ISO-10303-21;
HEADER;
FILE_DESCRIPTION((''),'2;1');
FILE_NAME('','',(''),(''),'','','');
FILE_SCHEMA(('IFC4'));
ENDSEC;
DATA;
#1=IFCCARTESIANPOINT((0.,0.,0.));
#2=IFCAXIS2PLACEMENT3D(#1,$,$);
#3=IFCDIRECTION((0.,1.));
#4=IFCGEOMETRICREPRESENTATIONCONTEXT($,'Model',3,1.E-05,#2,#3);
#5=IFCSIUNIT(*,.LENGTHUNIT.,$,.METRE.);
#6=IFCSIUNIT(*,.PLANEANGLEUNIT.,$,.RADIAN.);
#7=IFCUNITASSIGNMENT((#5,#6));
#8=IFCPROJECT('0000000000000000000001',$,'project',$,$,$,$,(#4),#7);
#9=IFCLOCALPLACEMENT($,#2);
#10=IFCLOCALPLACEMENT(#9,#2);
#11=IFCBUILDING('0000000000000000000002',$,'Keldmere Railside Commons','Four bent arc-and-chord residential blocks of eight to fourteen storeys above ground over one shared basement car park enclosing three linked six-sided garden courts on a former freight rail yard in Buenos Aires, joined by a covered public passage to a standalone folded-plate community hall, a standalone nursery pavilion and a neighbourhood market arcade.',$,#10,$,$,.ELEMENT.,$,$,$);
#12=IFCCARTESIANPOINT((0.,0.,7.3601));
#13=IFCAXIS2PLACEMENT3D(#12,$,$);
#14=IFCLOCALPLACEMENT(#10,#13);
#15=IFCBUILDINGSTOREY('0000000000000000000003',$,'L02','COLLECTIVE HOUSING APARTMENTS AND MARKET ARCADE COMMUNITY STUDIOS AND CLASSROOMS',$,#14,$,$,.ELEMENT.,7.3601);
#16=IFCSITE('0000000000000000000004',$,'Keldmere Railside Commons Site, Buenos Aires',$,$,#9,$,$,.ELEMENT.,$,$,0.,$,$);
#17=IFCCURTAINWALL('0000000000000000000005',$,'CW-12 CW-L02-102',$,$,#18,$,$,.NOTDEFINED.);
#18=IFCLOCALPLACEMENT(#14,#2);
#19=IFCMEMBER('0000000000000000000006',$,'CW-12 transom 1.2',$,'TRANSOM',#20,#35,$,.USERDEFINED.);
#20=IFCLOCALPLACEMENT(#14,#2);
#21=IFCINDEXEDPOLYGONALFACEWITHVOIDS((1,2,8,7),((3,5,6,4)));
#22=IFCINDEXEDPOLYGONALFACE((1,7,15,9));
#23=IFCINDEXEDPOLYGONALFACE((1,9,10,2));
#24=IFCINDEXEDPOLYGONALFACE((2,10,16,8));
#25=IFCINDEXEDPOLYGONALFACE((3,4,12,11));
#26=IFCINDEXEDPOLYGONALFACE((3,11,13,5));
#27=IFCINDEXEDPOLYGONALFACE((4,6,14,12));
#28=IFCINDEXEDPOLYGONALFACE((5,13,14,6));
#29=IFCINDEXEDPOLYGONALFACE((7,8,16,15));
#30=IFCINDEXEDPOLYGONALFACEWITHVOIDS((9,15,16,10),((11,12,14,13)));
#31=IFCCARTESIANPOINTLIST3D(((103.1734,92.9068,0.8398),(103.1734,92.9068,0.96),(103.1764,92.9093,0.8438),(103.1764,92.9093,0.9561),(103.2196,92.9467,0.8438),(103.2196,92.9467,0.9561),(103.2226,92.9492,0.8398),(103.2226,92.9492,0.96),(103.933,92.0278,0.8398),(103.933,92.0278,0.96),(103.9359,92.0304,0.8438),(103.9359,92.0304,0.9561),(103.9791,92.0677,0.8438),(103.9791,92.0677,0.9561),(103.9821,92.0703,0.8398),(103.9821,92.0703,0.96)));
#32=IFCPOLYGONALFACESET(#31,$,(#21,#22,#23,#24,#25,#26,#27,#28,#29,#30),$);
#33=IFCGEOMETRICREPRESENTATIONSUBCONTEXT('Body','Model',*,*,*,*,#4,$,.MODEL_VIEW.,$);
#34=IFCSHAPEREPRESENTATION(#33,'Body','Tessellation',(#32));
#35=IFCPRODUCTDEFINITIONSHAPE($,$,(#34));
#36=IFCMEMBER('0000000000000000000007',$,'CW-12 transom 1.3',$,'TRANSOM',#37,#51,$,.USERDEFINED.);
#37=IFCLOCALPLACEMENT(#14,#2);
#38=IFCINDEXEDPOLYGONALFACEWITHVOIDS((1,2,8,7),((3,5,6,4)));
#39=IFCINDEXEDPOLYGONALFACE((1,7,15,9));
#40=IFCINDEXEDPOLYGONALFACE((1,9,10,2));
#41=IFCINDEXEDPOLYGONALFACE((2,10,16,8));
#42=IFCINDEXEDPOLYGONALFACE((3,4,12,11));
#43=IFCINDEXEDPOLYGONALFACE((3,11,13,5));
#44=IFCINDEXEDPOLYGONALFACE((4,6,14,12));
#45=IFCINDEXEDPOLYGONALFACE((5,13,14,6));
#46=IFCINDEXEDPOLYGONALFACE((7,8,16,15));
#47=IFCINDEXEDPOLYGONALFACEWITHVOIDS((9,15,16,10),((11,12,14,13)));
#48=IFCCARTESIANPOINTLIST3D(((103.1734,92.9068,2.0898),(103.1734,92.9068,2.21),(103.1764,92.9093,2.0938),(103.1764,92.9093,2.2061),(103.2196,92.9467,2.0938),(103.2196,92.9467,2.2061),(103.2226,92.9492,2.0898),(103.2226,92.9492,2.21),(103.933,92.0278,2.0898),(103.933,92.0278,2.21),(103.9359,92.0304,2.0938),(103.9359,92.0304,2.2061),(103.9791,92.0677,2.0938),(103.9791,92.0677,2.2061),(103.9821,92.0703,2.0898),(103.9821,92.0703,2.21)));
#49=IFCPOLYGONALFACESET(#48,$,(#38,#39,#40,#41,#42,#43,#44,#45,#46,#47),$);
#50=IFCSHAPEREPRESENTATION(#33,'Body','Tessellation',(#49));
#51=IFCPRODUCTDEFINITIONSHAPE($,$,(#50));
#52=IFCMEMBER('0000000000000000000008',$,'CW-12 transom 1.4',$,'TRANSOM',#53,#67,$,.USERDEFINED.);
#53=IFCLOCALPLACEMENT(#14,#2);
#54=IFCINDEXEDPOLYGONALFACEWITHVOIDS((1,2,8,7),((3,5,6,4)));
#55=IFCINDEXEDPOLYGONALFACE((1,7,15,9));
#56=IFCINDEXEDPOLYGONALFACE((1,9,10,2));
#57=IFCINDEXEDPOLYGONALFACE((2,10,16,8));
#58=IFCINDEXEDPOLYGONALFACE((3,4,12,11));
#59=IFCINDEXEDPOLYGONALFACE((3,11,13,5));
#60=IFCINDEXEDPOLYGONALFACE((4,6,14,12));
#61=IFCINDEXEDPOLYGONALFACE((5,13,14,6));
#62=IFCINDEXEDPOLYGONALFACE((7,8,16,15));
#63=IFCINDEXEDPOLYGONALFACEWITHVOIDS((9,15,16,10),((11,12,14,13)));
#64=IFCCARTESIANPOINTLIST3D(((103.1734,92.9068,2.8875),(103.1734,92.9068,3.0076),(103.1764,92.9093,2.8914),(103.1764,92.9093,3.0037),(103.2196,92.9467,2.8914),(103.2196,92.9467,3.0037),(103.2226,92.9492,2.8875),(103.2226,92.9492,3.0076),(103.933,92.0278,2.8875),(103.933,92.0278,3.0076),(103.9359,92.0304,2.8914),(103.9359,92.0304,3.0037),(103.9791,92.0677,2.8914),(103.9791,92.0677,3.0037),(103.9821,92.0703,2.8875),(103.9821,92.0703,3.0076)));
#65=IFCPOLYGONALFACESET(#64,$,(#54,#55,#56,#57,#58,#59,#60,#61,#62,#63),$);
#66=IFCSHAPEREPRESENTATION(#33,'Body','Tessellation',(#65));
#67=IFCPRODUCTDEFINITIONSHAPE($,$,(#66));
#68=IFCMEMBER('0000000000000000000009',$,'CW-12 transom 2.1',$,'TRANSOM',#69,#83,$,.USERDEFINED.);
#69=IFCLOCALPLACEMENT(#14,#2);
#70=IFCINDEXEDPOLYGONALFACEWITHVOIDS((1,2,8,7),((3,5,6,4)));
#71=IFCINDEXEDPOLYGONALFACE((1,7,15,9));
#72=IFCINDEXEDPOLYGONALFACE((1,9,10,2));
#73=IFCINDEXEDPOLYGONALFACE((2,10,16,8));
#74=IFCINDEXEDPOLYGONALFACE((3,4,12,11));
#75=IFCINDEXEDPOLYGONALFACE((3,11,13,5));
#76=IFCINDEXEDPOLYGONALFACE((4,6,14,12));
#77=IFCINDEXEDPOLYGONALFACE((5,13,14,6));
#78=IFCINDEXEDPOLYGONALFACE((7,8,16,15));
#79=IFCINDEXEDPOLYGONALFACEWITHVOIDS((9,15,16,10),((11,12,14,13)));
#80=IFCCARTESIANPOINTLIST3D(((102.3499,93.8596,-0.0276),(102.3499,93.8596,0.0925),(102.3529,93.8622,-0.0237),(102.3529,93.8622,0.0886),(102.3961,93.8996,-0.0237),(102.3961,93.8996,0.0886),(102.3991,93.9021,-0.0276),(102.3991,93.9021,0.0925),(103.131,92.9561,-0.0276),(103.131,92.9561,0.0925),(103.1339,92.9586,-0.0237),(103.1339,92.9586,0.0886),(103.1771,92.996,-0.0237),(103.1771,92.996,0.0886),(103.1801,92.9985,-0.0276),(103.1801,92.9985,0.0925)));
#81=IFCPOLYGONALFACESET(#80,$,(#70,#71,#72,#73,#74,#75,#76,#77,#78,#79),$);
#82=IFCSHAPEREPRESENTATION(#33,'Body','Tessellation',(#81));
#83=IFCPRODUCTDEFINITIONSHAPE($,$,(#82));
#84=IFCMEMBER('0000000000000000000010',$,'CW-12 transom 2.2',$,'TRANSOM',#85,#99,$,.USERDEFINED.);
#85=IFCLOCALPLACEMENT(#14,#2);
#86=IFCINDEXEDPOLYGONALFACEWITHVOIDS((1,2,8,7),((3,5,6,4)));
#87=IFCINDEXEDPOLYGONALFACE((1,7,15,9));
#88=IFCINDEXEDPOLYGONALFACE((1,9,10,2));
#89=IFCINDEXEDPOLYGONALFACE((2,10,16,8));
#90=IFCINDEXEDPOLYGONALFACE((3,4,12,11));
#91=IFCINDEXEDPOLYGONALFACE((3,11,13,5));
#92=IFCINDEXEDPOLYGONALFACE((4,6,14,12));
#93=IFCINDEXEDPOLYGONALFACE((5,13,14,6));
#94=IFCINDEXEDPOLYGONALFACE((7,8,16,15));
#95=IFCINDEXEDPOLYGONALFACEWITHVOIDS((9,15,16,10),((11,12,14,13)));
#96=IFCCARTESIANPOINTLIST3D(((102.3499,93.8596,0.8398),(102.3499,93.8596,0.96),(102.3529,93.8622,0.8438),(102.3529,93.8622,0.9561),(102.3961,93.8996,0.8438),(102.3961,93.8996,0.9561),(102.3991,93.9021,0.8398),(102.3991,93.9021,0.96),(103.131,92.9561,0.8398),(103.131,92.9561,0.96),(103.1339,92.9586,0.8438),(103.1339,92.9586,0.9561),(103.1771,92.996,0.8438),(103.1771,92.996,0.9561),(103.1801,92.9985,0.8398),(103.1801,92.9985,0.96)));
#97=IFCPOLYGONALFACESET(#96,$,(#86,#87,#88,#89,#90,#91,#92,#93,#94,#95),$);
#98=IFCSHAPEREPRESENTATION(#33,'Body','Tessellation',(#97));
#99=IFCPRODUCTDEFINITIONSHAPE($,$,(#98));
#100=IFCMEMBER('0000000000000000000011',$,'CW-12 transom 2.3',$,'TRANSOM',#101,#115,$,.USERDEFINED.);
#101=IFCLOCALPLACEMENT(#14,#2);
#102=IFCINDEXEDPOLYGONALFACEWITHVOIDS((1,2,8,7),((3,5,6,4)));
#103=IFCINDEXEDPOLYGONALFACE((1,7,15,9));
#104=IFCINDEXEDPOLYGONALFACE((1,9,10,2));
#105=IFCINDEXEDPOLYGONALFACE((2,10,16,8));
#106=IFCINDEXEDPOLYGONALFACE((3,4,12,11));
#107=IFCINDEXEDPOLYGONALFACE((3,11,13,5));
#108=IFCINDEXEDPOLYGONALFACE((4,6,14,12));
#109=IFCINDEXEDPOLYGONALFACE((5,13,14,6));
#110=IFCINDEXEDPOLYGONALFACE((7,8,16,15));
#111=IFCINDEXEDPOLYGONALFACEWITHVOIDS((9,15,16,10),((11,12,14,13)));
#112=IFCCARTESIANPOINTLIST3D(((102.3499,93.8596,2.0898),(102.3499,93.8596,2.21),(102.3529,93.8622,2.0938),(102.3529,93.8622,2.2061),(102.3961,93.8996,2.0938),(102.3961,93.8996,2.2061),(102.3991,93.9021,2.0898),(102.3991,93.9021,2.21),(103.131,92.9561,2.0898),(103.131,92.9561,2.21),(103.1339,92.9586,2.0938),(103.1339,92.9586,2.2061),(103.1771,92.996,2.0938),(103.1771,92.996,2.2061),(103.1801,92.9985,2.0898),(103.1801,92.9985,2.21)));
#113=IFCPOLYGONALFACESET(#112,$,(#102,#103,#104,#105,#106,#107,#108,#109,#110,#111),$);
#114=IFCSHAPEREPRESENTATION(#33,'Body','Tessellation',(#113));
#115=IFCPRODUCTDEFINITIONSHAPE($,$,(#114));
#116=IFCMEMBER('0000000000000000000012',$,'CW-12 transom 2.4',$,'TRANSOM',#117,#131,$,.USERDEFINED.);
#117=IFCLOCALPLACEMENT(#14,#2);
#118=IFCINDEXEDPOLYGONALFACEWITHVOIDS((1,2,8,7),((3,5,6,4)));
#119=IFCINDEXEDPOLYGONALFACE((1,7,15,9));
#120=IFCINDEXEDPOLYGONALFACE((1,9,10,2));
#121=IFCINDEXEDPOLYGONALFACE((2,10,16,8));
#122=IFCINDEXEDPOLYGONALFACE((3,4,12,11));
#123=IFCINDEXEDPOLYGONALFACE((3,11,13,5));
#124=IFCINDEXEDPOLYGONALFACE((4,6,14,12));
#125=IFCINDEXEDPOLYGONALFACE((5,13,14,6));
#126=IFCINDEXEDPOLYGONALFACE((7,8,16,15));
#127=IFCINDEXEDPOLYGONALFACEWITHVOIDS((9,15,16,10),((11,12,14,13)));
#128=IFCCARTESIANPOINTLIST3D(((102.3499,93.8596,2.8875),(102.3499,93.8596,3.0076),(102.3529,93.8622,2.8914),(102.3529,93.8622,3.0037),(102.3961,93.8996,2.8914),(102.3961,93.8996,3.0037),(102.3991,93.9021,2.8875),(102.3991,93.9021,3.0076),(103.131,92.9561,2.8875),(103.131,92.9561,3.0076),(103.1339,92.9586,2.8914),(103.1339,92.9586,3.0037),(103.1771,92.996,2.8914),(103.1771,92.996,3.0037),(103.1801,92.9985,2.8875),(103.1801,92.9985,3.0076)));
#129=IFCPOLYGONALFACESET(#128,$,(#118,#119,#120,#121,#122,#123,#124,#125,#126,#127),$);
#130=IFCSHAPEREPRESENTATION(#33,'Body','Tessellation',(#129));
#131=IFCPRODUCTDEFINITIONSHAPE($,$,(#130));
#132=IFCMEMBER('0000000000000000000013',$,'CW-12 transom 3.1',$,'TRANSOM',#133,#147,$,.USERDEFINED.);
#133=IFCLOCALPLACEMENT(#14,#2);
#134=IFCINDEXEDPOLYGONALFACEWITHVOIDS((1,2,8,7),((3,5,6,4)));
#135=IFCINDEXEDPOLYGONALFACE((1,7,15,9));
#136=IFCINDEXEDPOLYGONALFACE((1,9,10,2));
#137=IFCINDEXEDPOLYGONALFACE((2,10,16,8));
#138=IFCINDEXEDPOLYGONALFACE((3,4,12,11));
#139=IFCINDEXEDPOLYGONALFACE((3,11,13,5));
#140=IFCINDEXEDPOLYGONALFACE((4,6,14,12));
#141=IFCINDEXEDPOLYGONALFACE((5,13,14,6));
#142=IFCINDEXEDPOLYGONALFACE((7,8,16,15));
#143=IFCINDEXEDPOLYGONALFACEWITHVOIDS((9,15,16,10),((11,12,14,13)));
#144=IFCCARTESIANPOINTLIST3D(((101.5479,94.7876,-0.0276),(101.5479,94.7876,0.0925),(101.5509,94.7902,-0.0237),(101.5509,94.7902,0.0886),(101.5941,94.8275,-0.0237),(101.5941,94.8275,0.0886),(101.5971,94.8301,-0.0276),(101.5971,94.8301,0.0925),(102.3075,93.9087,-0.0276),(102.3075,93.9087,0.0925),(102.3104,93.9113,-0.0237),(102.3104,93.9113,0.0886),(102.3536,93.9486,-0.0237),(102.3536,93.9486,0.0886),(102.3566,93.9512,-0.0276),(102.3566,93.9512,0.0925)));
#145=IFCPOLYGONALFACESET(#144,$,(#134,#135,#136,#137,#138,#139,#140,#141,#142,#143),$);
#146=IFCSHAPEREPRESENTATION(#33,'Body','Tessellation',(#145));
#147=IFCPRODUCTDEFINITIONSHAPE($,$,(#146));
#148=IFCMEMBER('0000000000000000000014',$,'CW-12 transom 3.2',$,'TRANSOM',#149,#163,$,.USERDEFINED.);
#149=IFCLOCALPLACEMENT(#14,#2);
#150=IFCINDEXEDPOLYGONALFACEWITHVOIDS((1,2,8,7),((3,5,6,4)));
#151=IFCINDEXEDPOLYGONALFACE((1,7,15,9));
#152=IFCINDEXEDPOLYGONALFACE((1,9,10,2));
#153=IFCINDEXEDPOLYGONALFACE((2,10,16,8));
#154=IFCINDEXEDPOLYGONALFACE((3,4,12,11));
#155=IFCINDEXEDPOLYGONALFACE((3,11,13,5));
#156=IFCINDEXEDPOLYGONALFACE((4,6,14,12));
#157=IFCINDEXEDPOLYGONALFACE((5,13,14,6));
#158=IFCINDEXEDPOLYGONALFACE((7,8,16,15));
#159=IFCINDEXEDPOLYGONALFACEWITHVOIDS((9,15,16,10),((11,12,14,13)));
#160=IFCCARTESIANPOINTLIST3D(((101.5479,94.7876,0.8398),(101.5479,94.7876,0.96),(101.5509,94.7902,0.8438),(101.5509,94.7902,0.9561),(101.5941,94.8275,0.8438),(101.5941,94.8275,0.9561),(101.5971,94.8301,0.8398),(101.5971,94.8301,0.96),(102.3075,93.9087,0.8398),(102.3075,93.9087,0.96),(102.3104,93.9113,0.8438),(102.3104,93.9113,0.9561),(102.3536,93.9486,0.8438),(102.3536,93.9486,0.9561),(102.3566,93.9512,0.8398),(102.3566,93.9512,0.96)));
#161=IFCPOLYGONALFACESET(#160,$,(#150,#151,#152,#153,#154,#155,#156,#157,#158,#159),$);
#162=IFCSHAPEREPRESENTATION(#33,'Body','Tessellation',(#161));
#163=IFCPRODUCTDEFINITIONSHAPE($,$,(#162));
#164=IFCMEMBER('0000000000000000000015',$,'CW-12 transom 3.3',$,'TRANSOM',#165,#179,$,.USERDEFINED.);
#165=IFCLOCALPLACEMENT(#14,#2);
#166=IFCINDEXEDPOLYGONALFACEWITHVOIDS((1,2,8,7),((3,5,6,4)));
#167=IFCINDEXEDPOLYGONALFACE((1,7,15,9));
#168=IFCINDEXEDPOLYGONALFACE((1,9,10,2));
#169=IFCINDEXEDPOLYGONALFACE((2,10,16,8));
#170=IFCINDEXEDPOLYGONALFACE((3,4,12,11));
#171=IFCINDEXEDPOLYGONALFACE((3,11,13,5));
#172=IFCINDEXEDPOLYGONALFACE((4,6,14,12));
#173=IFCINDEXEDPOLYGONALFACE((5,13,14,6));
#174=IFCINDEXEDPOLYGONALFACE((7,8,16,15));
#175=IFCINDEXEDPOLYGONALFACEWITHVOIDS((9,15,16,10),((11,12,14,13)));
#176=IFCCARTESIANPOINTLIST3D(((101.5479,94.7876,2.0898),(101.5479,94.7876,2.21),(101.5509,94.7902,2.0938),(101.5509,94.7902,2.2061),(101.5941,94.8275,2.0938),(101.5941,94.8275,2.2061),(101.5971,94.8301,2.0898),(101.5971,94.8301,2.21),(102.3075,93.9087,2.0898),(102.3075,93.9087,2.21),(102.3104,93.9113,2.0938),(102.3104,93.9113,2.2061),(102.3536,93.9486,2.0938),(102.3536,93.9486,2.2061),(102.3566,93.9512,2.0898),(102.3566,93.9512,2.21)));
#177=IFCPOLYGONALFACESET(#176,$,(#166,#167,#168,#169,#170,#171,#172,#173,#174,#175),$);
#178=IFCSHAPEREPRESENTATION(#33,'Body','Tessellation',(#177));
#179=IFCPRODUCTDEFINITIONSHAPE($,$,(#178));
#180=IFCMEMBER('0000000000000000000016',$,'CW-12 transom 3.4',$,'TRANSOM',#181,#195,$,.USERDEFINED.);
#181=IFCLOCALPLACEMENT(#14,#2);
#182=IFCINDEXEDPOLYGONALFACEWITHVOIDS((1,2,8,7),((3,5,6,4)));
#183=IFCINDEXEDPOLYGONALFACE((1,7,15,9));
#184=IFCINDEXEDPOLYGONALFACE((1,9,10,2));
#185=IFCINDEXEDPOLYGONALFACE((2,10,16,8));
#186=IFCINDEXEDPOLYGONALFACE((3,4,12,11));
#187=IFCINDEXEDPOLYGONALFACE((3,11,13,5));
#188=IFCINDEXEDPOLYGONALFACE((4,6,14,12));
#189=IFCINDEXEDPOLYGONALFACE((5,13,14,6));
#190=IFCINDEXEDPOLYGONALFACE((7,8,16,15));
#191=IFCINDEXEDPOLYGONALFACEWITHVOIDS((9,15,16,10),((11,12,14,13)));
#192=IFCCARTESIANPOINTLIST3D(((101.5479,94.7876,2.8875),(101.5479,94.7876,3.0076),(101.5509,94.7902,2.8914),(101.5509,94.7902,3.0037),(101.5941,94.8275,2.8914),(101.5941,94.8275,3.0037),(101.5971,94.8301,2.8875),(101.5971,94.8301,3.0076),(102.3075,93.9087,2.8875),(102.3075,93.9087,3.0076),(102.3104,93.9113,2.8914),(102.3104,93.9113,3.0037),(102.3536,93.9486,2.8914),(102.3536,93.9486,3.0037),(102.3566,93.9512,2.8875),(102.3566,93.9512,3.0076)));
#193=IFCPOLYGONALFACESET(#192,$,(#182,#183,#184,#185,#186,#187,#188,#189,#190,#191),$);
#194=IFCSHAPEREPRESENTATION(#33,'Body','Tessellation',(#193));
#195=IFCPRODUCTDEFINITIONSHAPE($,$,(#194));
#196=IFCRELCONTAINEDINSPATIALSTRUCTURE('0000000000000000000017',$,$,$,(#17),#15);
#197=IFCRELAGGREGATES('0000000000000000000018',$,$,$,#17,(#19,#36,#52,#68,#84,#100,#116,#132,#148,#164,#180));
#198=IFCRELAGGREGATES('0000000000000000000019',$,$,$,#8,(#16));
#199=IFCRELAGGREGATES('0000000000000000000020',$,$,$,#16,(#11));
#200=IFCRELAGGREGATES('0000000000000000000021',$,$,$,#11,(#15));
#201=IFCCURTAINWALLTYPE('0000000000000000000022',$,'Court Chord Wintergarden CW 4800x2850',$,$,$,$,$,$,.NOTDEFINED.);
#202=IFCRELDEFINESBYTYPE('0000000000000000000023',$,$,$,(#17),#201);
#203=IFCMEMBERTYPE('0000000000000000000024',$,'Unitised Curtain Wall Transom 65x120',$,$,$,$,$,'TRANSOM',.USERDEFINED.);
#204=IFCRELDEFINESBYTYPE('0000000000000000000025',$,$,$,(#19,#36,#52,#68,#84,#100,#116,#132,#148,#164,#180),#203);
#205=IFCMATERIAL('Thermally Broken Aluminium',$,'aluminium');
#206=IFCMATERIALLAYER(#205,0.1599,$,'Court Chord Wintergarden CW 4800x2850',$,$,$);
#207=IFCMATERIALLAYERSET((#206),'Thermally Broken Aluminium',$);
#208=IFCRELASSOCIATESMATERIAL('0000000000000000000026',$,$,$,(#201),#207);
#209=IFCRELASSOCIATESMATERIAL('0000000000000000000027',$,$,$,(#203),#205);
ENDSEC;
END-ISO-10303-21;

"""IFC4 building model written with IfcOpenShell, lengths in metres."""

from ifc_helpers import new_model, si_unit, direction, frame, origin, origin_2d, place, context, subcontext, project, spatial, hollow_rectangle, extrude, material, layer, layer_set, material_profile, profile_set, type_object, element, aggregate, save


model = new_model("IFC4")

# Units and contexts
model_context = context("Model", 3, precision=1e-05, world=origin(), true_north=direction((0.0, 1.0)))
body_context = subcontext(model_context, "Body", "Model", "MODEL_VIEW")
ifc_project = project(units=[si_unit("LENGTHUNIT", "METRE"), si_unit("PLANEANGLEUNIT", "RADIAN")], contexts=[model_context])

# Site, building, storey
site_placement = place(None, origin())
site = spatial("IfcSite", under=ifc_project, at=site_placement, Name="Keldmere Railside Commons Site, Buenos Aires", CompositionType="ELEMENT", RefElevation=0.0)
building_placement = place(site_placement, origin())
building = spatial("IfcBuilding", under=site, at=building_placement, Name="Keldmere Railside Commons", Description="Four bent arc-and-chord residential blocks of eight to fourteen storeys above ground over one shared basement car park enclosing three linked six-sided garden courts on a former freight rail yard in Buenos Aires, joined by a covered public passage to a standalone folded-plate community hall, a standalone nursery pavilion and a neighbourhood market arcade.", CompositionType="ELEMENT")
storey_placement = place(building_placement, frame((0.0, 0.0, 7.3601)))
storey = spatial("IfcBuildingStorey", under=building, at=storey_placement, Name="L02", Description="COLLECTIVE HOUSING APARTMENTS AND MARKET ARCADE COMMUNITY STUDIOS AND CLASSROOMS", CompositionType="ELEMENT", Elevation=7.3601)

# Shared definitions
ifc_material_1 = material(Name="Thermally Broken Aluminium", Category="aluminium")

# Curtain wall
ifc_layer_1 = layer(ifc_material_1, 0.1599, Name="Court Chord Wintergarden CW 4800x2850")
ifc_layer_set_1 = layer_set([ifc_layer_1], Name="Thermally Broken Aluminium")
curtain_wall_type_1 = type_object("IfcCurtainWallType", Name="Court Chord Wintergarden CW 4800x2850", PredefinedType="NOTDEFINED", material=ifc_layer_set_1)
curtain_wall_1_placement = place(storey_placement, origin())
curtain_wall_1 = element("IfcCurtainWall", 1, at=curtain_wall_1_placement, inside=storey, type_object=curtain_wall_type_1, Name="CW-12 CW-L02-102", PredefinedType="NOTDEFINED")

# Members
ifc_material_profile_1 = material_profile(ifc_material_1, hollow_rectangle(XDim=0.0649, YDim=0.1201, WallThickness=0.0039, at=origin_2d()), Name="ALU-TRAN-65x120")
ifc_profile_set_1 = profile_set([ifc_material_profile_1], Name="Thermally Broken Aluminium")
member_type_1 = type_object("IfcMemberType", Name="Unitised Curtain Wall Transom 65x120", ElementType="TRANSOM", PredefinedType="USERDEFINED", material=ifc_profile_set_1)
member_1_placement = place(storey_placement, frame((103.9575, 92.0491, 0.8999), z_axis=(-0.65385, 0.756624, 0.0), x_axis=(-0.756624, -0.65385, 0.0)))
member_1 = element("IfcMember", 2, at=member_1_placement, type_object=member_type_1, Name="CW-12 transom 1.2", ObjectType="TRANSOM", PredefinedType="USERDEFINED", context=body_context, shape_type="SweptSolid", body=[
    extrude(hollow_rectangle(XDim=0.0649, YDim=0.1201, WallThickness=0.0039, at=origin_2d()), origin(), (0.0, 0.0, 1.0), 1.1616),
])
member_2_placement = place(storey_placement, frame((103.9575, 92.0491, 2.1499), z_axis=(-0.65385, 0.756624, 0.0), x_axis=(-0.756624, -0.65385, 0.0)))
member_2 = element("IfcMember", 3, at=member_2_placement, type_object=member_type_1, Name="CW-12 transom 1.3", ObjectType="TRANSOM", PredefinedType="USERDEFINED", context=body_context, shape_type="SweptSolid", body=[
    extrude(hollow_rectangle(XDim=0.0649, YDim=0.1201, WallThickness=0.0039, at=origin_2d()), origin(), (0.0, 0.0, 1.0), 1.1616),
])
member_3_placement = place(storey_placement, frame((103.9575, 92.0491, 2.9475), z_axis=(-0.65385, 0.756624, 0.0), x_axis=(-0.756624, -0.65385, 0.0)))
member_3 = element("IfcMember", 4, at=member_3_placement, type_object=member_type_1, Name="CW-12 transom 1.4", ObjectType="TRANSOM", PredefinedType="USERDEFINED", context=body_context, shape_type="SweptSolid", body=[
    extrude(hollow_rectangle(XDim=0.0649, YDim=0.1201, WallThickness=0.0039, at=origin_2d()), origin(), (0.0, 0.0, 1.0), 1.1616),
])
member_4_placement = place(storey_placement, frame((103.1555, 92.9773, 0.0325), z_axis=(-0.653934, 0.756552, 0.0), x_axis=(-0.756552, -0.653934, 0.0)))
member_4 = element("IfcMember", 5, at=member_4_placement, type_object=member_type_1, Name="CW-12 transom 2.1", ObjectType="TRANSOM", PredefinedType="USERDEFINED", context=body_context, shape_type="SweptSolid", body=[
    extrude(hollow_rectangle(XDim=0.0649, YDim=0.1201, WallThickness=0.0039, at=origin_2d()), origin(), (0.0, 0.0, 1.0), 1.1943),
])
member_5_placement = place(storey_placement, frame((103.1555, 92.9773, 0.8999), z_axis=(-0.653934, 0.756552, 0.0), x_axis=(-0.756552, -0.653934, 0.0)))
member_5 = element("IfcMember", 6, at=member_5_placement, type_object=member_type_1, Name="CW-12 transom 2.2", ObjectType="TRANSOM", PredefinedType="USERDEFINED", context=body_context, shape_type="SweptSolid", body=[
    extrude(hollow_rectangle(XDim=0.0649, YDim=0.1201, WallThickness=0.0039, at=origin_2d()), origin(), (0.0, 0.0, 1.0), 1.1943),
])
member_6_placement = place(storey_placement, frame((103.1555, 92.9773, 2.1499), z_axis=(-0.653934, 0.756552, 0.0), x_axis=(-0.756552, -0.653934, 0.0)))
member_6 = element("IfcMember", 7, at=member_6_placement, type_object=member_type_1, Name="CW-12 transom 2.3", ObjectType="TRANSOM", PredefinedType="USERDEFINED", context=body_context, shape_type="SweptSolid", body=[
    extrude(hollow_rectangle(XDim=0.0649, YDim=0.1201, WallThickness=0.0039, at=origin_2d()), origin(), (0.0, 0.0, 1.0), 1.1943),
])
member_7_placement = place(storey_placement, frame((103.1555, 92.9773, 2.9475), z_axis=(-0.653934, 0.756552, 0.0), x_axis=(-0.756552, -0.653934, 0.0)))
member_7 = element("IfcMember", 8, at=member_7_placement, type_object=member_type_1, Name="CW-12 transom 2.4", ObjectType="TRANSOM", PredefinedType="USERDEFINED", context=body_context, shape_type="SweptSolid", body=[
    extrude(hollow_rectangle(XDim=0.0649, YDim=0.1201, WallThickness=0.0039, at=origin_2d()), origin(), (0.0, 0.0, 1.0), 1.1943),
])
member_8_placement = place(storey_placement, frame((102.332, 93.9299, 0.0325), z_axis=(-0.65385, 0.756624, 0.0), x_axis=(-0.756624, -0.65385, 0.0)))
member_8 = element("IfcMember", 9, at=member_8_placement, type_object=member_type_1, Name="CW-12 transom 3.1", ObjectType="TRANSOM", PredefinedType="USERDEFINED", context=body_context, shape_type="SweptSolid", body=[
    extrude(hollow_rectangle(XDim=0.0649, YDim=0.1201, WallThickness=0.0039, at=origin_2d()), origin(), (0.0, 0.0, 1.0), 1.1616),
])
member_9_placement = place(storey_placement, frame((102.332, 93.9299, 0.8999), z_axis=(-0.65385, 0.756624, 0.0), x_axis=(-0.756624, -0.65385, 0.0)))
member_9 = element("IfcMember", 10, at=member_9_placement, type_object=member_type_1, Name="CW-12 transom 3.2", ObjectType="TRANSOM", PredefinedType="USERDEFINED", context=body_context, shape_type="SweptSolid", body=[
    extrude(hollow_rectangle(XDim=0.0649, YDim=0.1201, WallThickness=0.0039, at=origin_2d()), origin(), (0.0, 0.0, 1.0), 1.1616),
])
member_10_placement = place(storey_placement, frame((102.332, 93.9299, 2.1499), z_axis=(-0.65385, 0.756624, 0.0), x_axis=(-0.756624, -0.65385, 0.0)))
member_10 = element("IfcMember", 11, at=member_10_placement, type_object=member_type_1, Name="CW-12 transom 3.3", ObjectType="TRANSOM", PredefinedType="USERDEFINED", context=body_context, shape_type="SweptSolid", body=[
    extrude(hollow_rectangle(XDim=0.0649, YDim=0.1201, WallThickness=0.0039, at=origin_2d()), origin(), (0.0, 0.0, 1.0), 1.1616),
])
member_11_placement = place(storey_placement, frame((102.332, 93.9299, 2.9475), z_axis=(-0.65385, 0.756624, 0.0), x_axis=(-0.756624, -0.65385, 0.0)))
member_11 = element("IfcMember", 12, at=member_11_placement, type_object=member_type_1, Name="CW-12 transom 3.4", ObjectType="TRANSOM", PredefinedType="USERDEFINED", context=body_context, shape_type="SweptSolid", body=[
    extrude(hollow_rectangle(XDim=0.0649, YDim=0.1201, WallThickness=0.0039, at=origin_2d()), origin(), (0.0, 0.0, 1.0), 1.1616),
])

aggregate(curtain_wall_1, [member_1, member_2, member_3, member_4, member_5, member_6, member_7, member_8, member_9, member_10, member_11])

save(model, "model.ifc")
